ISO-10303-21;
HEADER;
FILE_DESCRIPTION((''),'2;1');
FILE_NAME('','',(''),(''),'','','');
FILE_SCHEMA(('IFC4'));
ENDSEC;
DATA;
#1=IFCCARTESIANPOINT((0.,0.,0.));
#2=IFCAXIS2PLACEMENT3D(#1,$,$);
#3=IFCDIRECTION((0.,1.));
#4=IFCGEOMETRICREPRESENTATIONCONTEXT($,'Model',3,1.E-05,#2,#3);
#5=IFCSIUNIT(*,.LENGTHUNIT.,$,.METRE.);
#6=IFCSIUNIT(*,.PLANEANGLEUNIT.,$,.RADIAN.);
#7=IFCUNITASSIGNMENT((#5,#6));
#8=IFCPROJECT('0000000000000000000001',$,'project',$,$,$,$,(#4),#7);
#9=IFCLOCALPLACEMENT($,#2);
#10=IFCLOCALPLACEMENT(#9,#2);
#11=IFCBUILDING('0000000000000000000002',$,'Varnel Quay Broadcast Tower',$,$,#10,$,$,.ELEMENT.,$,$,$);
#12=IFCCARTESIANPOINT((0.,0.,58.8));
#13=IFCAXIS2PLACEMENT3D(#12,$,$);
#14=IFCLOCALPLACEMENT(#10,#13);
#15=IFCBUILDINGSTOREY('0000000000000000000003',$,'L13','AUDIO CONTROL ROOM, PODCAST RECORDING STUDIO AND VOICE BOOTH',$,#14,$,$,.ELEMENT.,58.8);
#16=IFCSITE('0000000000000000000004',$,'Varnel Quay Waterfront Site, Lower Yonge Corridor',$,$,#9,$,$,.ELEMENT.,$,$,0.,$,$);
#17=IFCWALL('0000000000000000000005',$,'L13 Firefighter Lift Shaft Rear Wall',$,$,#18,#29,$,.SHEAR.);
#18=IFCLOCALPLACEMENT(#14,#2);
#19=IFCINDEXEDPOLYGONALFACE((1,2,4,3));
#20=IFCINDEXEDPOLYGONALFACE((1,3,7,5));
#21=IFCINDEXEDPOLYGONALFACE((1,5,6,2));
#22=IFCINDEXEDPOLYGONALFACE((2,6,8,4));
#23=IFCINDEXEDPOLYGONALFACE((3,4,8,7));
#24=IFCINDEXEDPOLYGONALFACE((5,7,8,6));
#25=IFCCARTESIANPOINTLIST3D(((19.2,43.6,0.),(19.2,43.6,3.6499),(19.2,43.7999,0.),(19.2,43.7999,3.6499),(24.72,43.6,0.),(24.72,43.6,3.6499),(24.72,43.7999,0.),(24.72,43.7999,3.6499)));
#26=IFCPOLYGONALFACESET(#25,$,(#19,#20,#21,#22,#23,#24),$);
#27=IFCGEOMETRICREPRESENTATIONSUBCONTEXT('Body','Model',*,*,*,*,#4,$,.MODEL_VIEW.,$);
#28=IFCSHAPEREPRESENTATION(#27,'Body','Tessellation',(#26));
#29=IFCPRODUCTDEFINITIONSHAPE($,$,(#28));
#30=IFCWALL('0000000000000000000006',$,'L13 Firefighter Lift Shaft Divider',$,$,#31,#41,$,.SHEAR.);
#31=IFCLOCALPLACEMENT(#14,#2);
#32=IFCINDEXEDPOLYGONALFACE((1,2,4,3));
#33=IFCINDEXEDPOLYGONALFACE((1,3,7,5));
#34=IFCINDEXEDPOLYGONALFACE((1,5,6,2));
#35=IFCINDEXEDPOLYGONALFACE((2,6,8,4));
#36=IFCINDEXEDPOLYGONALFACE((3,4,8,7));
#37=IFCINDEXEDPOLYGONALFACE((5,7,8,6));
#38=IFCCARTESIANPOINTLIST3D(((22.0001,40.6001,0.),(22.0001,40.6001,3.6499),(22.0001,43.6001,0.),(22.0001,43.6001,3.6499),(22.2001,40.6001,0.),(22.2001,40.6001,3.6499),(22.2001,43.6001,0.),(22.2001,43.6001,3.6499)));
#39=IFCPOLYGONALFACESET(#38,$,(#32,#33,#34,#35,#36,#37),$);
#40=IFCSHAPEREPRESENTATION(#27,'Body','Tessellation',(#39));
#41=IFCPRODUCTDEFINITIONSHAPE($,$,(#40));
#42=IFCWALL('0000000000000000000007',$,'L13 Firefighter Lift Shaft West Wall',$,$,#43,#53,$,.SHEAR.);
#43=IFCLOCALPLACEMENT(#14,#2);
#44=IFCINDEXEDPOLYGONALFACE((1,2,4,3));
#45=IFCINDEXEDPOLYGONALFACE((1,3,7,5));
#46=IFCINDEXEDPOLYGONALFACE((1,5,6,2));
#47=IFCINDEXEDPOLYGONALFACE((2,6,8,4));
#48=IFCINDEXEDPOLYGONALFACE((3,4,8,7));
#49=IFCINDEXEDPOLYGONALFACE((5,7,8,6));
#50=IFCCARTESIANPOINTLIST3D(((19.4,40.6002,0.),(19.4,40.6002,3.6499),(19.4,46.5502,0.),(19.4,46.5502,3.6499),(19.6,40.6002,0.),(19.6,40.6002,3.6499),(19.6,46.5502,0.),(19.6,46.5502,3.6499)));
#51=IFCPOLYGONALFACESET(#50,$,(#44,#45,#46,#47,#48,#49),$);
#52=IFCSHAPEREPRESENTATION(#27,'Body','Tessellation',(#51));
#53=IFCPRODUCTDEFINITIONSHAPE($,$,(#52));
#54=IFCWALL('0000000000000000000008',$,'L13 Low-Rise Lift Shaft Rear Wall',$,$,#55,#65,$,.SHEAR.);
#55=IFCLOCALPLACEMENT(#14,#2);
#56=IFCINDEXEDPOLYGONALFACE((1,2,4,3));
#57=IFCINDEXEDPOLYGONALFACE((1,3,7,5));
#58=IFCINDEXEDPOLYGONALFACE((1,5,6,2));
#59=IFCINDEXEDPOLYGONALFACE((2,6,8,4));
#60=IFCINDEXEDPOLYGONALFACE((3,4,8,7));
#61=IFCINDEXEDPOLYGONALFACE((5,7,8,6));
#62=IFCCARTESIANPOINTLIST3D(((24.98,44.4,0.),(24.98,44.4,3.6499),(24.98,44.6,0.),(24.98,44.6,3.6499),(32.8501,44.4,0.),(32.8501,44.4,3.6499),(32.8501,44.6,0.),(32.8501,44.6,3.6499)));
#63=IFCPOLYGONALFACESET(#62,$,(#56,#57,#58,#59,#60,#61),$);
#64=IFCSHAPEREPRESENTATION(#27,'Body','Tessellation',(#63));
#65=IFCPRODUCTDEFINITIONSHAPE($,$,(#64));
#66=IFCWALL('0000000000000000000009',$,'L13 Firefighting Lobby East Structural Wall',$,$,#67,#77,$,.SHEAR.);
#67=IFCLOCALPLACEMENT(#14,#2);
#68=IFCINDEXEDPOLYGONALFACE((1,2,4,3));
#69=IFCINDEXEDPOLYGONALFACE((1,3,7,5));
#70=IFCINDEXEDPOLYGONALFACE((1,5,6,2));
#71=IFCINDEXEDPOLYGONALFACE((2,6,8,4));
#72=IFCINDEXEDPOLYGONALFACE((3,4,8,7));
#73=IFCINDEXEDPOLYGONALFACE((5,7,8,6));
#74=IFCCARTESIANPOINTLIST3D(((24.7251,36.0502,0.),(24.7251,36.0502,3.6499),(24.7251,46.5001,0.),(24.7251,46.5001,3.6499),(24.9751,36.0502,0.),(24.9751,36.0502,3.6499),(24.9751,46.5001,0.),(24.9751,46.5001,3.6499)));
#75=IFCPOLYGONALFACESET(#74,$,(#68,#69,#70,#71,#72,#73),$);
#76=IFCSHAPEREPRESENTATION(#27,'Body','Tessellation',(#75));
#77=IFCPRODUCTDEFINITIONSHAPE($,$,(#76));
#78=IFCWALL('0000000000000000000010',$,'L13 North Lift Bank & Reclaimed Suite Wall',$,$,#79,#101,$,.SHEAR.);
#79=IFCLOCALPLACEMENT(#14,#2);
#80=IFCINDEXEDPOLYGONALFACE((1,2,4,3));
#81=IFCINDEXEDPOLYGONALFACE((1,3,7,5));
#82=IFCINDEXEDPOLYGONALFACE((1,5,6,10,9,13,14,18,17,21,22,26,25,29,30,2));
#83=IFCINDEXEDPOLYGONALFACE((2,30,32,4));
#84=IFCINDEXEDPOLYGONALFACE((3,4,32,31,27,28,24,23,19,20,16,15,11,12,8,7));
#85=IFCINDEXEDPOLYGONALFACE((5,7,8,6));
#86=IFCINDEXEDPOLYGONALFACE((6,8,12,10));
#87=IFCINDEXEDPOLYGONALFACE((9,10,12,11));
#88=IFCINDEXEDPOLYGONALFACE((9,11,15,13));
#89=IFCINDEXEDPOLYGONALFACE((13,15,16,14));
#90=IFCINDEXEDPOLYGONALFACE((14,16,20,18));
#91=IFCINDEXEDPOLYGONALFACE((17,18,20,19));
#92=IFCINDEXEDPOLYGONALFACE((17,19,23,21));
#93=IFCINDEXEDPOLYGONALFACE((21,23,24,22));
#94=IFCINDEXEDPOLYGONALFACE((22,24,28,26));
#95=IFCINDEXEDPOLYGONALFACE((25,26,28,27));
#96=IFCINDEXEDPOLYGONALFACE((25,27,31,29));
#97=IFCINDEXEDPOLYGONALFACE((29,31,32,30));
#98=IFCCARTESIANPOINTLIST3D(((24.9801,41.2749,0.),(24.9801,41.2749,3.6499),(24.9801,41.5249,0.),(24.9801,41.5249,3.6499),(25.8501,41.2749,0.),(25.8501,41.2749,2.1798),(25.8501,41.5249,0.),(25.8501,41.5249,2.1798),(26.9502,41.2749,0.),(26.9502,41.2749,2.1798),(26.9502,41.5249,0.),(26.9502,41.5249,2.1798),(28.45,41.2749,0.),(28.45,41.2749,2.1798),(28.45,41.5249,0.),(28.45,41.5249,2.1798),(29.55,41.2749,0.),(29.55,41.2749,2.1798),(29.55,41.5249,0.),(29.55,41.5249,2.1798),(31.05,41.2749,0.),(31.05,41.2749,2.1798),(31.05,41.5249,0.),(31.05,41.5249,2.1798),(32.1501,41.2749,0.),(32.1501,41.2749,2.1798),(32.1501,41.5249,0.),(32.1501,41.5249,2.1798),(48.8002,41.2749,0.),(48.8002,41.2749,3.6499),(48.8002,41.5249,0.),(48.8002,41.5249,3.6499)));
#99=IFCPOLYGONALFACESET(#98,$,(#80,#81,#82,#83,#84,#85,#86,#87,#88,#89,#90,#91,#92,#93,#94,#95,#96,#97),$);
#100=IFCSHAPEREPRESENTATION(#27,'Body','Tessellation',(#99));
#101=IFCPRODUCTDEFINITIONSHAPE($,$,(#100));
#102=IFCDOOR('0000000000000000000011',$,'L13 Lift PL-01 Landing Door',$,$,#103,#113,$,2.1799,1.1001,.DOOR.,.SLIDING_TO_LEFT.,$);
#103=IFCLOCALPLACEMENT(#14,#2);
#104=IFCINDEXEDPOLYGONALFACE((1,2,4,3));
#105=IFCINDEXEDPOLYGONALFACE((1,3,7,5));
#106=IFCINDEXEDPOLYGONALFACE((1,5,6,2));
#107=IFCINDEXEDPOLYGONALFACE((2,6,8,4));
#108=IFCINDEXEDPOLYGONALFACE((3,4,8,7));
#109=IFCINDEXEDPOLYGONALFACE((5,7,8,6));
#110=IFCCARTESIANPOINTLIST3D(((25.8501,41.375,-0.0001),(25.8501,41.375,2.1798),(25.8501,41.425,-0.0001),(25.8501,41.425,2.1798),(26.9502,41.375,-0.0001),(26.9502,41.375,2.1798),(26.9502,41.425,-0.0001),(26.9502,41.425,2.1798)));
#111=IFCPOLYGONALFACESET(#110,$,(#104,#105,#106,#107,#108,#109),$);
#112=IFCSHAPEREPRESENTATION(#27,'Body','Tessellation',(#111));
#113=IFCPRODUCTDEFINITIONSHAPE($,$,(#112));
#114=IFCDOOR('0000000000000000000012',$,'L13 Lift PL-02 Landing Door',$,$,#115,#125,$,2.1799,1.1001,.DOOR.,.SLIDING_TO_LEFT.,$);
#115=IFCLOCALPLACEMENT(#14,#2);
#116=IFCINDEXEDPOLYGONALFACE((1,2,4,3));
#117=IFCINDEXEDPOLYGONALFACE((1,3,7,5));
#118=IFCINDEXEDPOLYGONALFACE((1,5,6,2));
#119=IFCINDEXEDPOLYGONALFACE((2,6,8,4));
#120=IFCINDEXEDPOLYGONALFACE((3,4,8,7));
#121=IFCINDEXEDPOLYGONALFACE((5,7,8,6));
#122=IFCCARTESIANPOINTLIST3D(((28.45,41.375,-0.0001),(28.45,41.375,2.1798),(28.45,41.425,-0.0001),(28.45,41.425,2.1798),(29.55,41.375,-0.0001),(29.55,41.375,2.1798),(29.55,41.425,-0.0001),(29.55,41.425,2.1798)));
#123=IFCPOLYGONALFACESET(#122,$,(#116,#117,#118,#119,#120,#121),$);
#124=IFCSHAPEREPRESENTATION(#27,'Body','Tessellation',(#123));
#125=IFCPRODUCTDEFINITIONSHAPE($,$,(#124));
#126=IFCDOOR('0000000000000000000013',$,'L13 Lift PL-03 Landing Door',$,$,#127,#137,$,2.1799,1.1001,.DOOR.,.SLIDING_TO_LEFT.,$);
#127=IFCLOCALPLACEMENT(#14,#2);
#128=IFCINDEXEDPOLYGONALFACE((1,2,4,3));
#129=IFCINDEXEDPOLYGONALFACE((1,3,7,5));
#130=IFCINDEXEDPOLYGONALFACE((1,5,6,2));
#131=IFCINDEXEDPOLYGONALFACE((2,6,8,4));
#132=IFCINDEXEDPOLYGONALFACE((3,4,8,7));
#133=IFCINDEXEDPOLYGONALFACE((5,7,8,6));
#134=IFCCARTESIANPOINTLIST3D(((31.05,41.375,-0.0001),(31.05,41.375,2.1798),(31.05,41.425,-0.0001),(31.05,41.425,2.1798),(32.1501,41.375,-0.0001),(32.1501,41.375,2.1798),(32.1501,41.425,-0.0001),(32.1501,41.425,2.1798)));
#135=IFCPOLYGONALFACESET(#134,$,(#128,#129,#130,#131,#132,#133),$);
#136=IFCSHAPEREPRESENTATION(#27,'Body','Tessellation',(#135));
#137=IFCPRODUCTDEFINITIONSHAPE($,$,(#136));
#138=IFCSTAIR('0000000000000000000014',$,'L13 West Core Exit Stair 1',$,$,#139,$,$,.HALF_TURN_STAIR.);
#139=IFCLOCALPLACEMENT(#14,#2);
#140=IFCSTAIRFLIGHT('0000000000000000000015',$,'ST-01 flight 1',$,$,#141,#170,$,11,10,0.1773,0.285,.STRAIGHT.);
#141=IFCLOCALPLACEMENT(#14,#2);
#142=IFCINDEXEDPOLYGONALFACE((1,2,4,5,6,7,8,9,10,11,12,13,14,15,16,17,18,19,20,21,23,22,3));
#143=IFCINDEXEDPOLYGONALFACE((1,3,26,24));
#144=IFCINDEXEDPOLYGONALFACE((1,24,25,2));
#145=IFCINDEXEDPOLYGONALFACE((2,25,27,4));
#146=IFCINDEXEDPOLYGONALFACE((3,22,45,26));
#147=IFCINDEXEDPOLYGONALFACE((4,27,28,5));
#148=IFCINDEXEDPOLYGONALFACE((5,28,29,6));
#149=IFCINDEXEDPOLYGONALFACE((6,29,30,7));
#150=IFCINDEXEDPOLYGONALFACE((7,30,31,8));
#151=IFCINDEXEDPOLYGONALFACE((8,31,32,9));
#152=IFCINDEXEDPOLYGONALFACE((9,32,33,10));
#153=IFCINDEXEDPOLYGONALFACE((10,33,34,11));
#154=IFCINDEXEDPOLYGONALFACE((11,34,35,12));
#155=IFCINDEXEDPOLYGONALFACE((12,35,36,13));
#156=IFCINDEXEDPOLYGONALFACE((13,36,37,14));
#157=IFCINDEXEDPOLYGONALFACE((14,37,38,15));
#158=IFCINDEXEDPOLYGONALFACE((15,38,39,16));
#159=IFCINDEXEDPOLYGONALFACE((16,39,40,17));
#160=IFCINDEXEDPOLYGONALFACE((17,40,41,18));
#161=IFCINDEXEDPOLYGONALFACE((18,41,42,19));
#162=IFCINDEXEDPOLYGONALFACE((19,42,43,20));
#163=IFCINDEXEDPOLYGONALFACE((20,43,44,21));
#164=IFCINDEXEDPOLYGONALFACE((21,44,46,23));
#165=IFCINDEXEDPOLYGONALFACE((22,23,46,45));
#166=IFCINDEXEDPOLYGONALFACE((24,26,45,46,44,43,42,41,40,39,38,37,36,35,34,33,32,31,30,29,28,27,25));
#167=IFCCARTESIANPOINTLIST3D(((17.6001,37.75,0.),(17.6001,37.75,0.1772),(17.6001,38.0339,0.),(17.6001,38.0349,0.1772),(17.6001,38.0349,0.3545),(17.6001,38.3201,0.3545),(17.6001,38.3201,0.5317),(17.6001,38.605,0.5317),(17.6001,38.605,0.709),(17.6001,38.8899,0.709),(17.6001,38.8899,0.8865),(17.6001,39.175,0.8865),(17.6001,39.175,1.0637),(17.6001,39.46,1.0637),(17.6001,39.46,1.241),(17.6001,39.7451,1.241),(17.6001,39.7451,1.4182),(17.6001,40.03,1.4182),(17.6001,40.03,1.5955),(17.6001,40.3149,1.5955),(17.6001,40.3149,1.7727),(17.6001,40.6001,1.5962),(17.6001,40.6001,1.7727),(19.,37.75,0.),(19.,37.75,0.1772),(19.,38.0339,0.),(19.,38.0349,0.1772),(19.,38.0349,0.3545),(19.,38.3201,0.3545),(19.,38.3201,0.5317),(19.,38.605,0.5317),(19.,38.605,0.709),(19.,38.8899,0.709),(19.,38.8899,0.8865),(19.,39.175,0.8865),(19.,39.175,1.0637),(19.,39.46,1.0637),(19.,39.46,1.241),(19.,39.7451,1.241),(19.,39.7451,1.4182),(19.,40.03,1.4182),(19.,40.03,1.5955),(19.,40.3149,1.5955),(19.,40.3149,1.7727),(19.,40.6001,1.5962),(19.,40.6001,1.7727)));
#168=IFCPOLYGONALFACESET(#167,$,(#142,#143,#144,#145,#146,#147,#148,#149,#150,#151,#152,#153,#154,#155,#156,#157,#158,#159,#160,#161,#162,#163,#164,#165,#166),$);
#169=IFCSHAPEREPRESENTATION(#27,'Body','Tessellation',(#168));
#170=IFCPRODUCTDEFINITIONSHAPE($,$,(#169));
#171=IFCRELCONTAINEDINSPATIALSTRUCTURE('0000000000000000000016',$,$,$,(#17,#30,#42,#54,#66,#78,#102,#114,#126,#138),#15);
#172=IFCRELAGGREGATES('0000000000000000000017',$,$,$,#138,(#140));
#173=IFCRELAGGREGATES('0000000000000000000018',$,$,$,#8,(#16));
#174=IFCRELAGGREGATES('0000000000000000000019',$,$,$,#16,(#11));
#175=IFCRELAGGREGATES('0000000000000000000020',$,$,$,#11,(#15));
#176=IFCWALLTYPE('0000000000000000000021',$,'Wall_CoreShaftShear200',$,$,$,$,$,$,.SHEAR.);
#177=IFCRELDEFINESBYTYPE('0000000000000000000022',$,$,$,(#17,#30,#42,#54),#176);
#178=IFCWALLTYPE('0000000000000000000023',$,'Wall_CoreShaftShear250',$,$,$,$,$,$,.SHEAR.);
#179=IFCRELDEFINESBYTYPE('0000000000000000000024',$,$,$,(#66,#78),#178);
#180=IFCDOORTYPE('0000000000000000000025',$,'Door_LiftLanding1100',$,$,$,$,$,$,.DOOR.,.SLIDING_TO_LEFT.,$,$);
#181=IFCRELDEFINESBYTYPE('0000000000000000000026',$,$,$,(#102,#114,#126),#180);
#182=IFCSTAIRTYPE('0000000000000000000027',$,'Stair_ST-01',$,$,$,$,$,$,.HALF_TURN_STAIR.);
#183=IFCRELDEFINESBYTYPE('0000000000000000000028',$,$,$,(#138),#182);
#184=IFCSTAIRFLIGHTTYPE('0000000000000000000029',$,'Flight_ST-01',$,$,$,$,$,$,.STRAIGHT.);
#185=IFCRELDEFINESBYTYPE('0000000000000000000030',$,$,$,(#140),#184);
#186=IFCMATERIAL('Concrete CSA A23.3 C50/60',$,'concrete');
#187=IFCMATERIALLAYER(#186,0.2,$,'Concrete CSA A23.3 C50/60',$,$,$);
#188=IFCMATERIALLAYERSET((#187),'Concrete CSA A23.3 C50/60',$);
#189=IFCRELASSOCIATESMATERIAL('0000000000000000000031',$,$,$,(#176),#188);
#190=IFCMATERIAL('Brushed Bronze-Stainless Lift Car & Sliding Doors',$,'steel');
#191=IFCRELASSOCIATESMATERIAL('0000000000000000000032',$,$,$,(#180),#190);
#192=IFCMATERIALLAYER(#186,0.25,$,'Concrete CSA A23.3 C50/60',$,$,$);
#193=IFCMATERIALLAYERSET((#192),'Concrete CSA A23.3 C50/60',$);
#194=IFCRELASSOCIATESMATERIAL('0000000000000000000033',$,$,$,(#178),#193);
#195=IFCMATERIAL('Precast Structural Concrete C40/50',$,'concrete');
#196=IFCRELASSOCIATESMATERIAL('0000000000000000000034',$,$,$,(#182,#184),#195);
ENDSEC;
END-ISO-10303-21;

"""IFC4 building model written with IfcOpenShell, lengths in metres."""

from ifc_helpers import new_model, si_unit, direction, frame, frame_2d, origin, place, context, subcontext, project, spatial, polyline, rectangle, outline, extrude, source, transform, mapped, material, layer, layer_set, type_object, type_shapes, element, fill, aggregate, save


model = new_model("IFC4")

# Units and contexts
model_context = context("Model", 3, precision=1e-05, world=origin(), true_north=direction((0.0, 1.0)))
body_context = subcontext(model_context, "Body", "Model", "MODEL_VIEW")
ifc_project = project(units=[si_unit("LENGTHUNIT", "METRE"), si_unit("PLANEANGLEUNIT", "RADIAN")], contexts=[model_context])

# Site, building, storey
site_placement = place(None, origin())
site = spatial("IfcSite", under=ifc_project, at=site_placement, Name="Varnel Quay Waterfront Site, Lower Yonge Corridor", CompositionType="ELEMENT", RefElevation=0.0)
building_placement = place(site_placement, origin())
building = spatial("IfcBuilding", under=site, at=building_placement, Name="Varnel Quay Broadcast Tower", CompositionType="ELEMENT")
storey_placement = place(building_placement, frame((0.0, 0.0, 58.8)))
storey = spatial("IfcBuildingStorey", under=building, at=storey_placement, Name="L13", Description="AUDIO CONTROL ROOM, PODCAST RECORDING STUDIO AND VOICE BOOTH", CompositionType="ELEMENT", Elevation=58.8)

# Shared definitions
ifc_material_1 = material(Name="Concrete CSA A23.3 C50/60", Category="concrete")
ifc_layer_1 = layer(ifc_material_1, 0.2, Name="Concrete CSA A23.3 C50/60")
ifc_layer_set_1 = layer_set([ifc_layer_1], Name="Concrete CSA A23.3 C50/60")
wall_type_1 = type_object("IfcWallType", Name="Wall_CoreShaftShear200", PredefinedType="SHEAR", material=ifc_layer_set_1)

# Shared definitions
ifc_material_2 = material(Name="Brushed Bronze-Stainless Lift Car & Sliding Doors", Category="steel")
door_type_1 = type_object("IfcDoorType", Name="Door_LiftLanding1100", OperationType="SLIDING_TO_LEFT", PredefinedType="DOOR", material=ifc_material_2)
shared_shape_1 = source(origin(), body_context, "Body", "SweptSolid", [
    extrude(rectangle(XDim=1.1001, YDim=2.1799, at=frame_2d((0.55, 1.0898))), frame((0.0, 0.0249, 0.0), z_axis=(0.0, -1.0, 0.0), x_axis=(1.0, 0.0, 0.0)), (0.0, 0.0, 1.0), 0.05),
])
type_shapes(door_type_1, [shared_shape_1])

# Walls
wall_1_placement = place(storey_placement, frame((19.2, 43.7, 0.0), z_axis=(0.0, 0.0, 1.0), x_axis=(1.0, 0.0, 0.0)))
element("IfcWall", 1, at=wall_1_placement, inside=storey, type_object=wall_type_1, Name="L13 Firefighter Lift Shaft Rear Wall", PredefinedType="SHEAR", context=body_context, shape_type="SweptSolid", body=[
    extrude(rectangle(XDim=5.52, YDim=0.2, at=frame_2d((2.76, 0.0))), origin(), (0.0, 0.0, 1.0), 3.6499),
])
wall_2_placement = place(storey_placement, frame((22.1001, 40.6001, 0.0), z_axis=(0.0, 0.0, 1.0), x_axis=(0.0, 1.0, 0.0)))
element("IfcWall", 2, at=wall_2_placement, inside=storey, type_object=wall_type_1, Name="L13 Firefighter Lift Shaft Divider", PredefinedType="SHEAR", context=body_context, shape_type="SweptSolid", body=[
    extrude(rectangle(XDim=3.0, YDim=0.2, at=frame_2d((1.5, 0.0))), origin(), (0.0, 0.0, 1.0), 3.6499),
])
wall_3_placement = place(storey_placement, frame((19.5, 40.6001, 0.0), z_axis=(0.0, 0.0, 1.0), x_axis=(0.0, 1.0, 0.0)))
element("IfcWall", 3, at=wall_3_placement, inside=storey, type_object=wall_type_1, Name="L13 Firefighter Lift Shaft West Wall", PredefinedType="SHEAR", context=body_context, shape_type="SweptSolid", body=[
    extrude(rectangle(XDim=5.95, YDim=0.2, at=frame_2d((2.9751, 0.0))), origin(), (0.0, 0.0, 1.0), 3.6499),
])
wall_4_placement = place(storey_placement, frame((24.98, 44.5, 0.0), z_axis=(0.0, 0.0, 1.0), x_axis=(1.0, 0.0, 0.0)))
element("IfcWall", 4, at=wall_4_placement, inside=storey, type_object=wall_type_1, Name="L13 Low-Rise Lift Shaft Rear Wall", PredefinedType="SHEAR", context=body_context, shape_type="SweptSolid", body=[
    extrude(rectangle(XDim=7.8701, YDim=0.2, at=frame_2d((3.9351, 0.0))), origin(), (0.0, 0.0, 1.0), 3.6499),
])
ifc_layer_2 = layer(ifc_material_1, 0.25, Name="Concrete CSA A23.3 C50/60")
ifc_layer_set_2 = layer_set([ifc_layer_2], Name="Concrete CSA A23.3 C50/60")
wall_type_2 = type_object("IfcWallType", Name="Wall_CoreShaftShear250", PredefinedType="SHEAR", material=ifc_layer_set_2)
wall_5_placement = place(storey_placement, frame((24.8501, 36.05, 0.0), z_axis=(0.0, 0.0, 1.0), x_axis=(0.0, 1.0, 0.0)))
element("IfcWall", 5, at=wall_5_placement, inside=storey, type_object=wall_type_2, Name="L13 Firefighting Lobby East Structural Wall", PredefinedType="SHEAR", context=body_context, shape_type="SweptSolid", body=[
    extrude(rectangle(XDim=10.45, YDim=0.25, at=frame_2d((5.2251, 0.0))), origin(), (0.0, 0.0, 1.0), 3.6499),
])

# Wall, openings, doors
wall_6_placement = place(storey_placement, frame((24.98, 41.3999, 0.0), z_axis=(0.0, 0.0, 1.0), x_axis=(1.0, 0.0, 0.0)))
wall_6 = element("IfcWall", 6, at=wall_6_placement, inside=storey, type_object=wall_type_2, Name="L13 North Lift Bank & Reclaimed Suite Wall", PredefinedType="SHEAR", context=body_context, shape_type="SweptSolid", body=[
    extrude(rectangle(XDim=23.8201, YDim=0.25, at=frame_2d((11.9102, 0.0))), origin(), (0.0, 0.0, 1.0), 3.6499),
])
opening_1_placement = place(wall_6_placement, frame((0.8701, 0.0, 0.0)))
opening_1 = element("IfcOpeningElement", 7, at=opening_1_placement, cuts=wall_6, PredefinedType="OPENING", context=body_context, shape_type="SweptSolid", body=[
    extrude(rectangle(XDim=1.1001, YDim=2.1799, at=frame_2d((0.55, 1.0898))), frame((0.0, 0.135, 0.0), z_axis=(0.0, -1.0, 0.0), x_axis=(1.0, 0.0, 0.0)), (0.0, 0.0, 1.0), 0.27),
])
opening_2_placement = place(wall_6_placement, frame((3.47, 0.0, 0.0)))
opening_2 = element("IfcOpeningElement", 8, at=opening_2_placement, cuts=wall_6, PredefinedType="OPENING", context=body_context, shape_type="SweptSolid", body=[
    extrude(rectangle(XDim=1.1001, YDim=2.1799, at=frame_2d((0.55, 1.0898))), frame((0.0, 0.135, 0.0), z_axis=(0.0, -1.0, 0.0), x_axis=(1.0, 0.0, 0.0)), (0.0, 0.0, 1.0), 0.27),
])
opening_3_placement = place(wall_6_placement, frame((6.0701, 0.0, 0.0)))
opening_3 = element("IfcOpeningElement", 9, at=opening_3_placement, cuts=wall_6, PredefinedType="OPENING", context=body_context, shape_type="SweptSolid", body=[
    extrude(rectangle(XDim=1.1001, YDim=2.1799, at=frame_2d((0.55, 1.0898))), frame((0.0, 0.135, 0.0), z_axis=(0.0, -1.0, 0.0), x_axis=(1.0, 0.0, 0.0)), (0.0, 0.0, 1.0), 0.27),
])
door_1_placement = place(opening_1_placement, frame((1.1001, 0.0, 0.0), z_axis=(0.0, 0.0, 1.0), x_axis=(-1.0, 0.0, 0.0)))
door_1 = element("IfcDoor", 10, at=door_1_placement, inside=storey, type_object=door_type_1, Name="L13 Lift PL-01 Landing Door", OperationType="SLIDING_TO_LEFT", OverallHeight=2.1799, OverallWidth=1.1001, PredefinedType="DOOR", context=body_context, shape_type="MappedRepresentation", body=[
    mapped(shared_shape_1, transform((0.0, 0.0, 0.0), x_axis=(1.0, 0.0, 0.0), y_axis=(0.0, 1.0, 0.0), z_axis=(0.0, 0.0, 1.0), scale=1.0)),
])
fill(opening_1, door_1)
door_2_placement = place(opening_2_placement, frame((1.1001, 0.0, 0.0), z_axis=(0.0, 0.0, 1.0), x_axis=(-1.0, 0.0, 0.0)))
door_2 = element("IfcDoor", 11, at=door_2_placement, inside=storey, type_object=door_type_1, Name="L13 Lift PL-02 Landing Door", OperationType="SLIDING_TO_LEFT", OverallHeight=2.1799, OverallWidth=1.1001, PredefinedType="DOOR", context=body_context, shape_type="MappedRepresentation", body=[
    mapped(shared_shape_1, transform((0.0, 0.0, 0.0), x_axis=(1.0, 0.0, 0.0), y_axis=(0.0, 1.0, 0.0), z_axis=(0.0, 0.0, 1.0), scale=1.0)),
])
fill(opening_2, door_2)
door_3_placement = place(opening_3_placement, frame((1.1001, 0.0, 0.0), z_axis=(0.0, 0.0, 1.0), x_axis=(-1.0, 0.0, 0.0)))
door_3 = element("IfcDoor", 12, at=door_3_placement, inside=storey, type_object=door_type_1, Name="L13 Lift PL-03 Landing Door", OperationType="SLIDING_TO_LEFT", OverallHeight=2.1799, OverallWidth=1.1001, PredefinedType="DOOR", context=body_context, shape_type="MappedRepresentation", body=[
    mapped(shared_shape_1, transform((0.0, 0.0, 0.0), x_axis=(1.0, 0.0, 0.0), y_axis=(0.0, 1.0, 0.0), z_axis=(0.0, 0.0, 1.0), scale=1.0)),
])
fill(opening_3, door_3)

# Stair, stair flight
ifc_material_3 = material(Name="Precast Structural Concrete C40/50", Category="concrete")
stair_type = type_object("IfcStairType", Name="Stair_ST-01", PredefinedType="HALF_TURN_STAIR", material=ifc_material_3)
stair_placement = place(storey_placement, origin())
stair = element("IfcStair", 13, at=stair_placement, inside=storey, type_object=stair_type, Name="L13 West Core Exit Stair 1", PredefinedType="HALF_TURN_STAIR")
stair_flight_type = type_object("IfcStairFlightType", Name="Flight_ST-01", PredefinedType="STRAIGHT", material=ifc_material_3)
stair_flight_placement = place(storey_placement, frame((18.3, 37.75, 0.0), z_axis=(0.0, 0.0, 1.0), x_axis=(0.0, 1.0, 0.0)))
stair_flight = element("IfcStairFlight", 14, at=stair_flight_placement, type_object=stair_flight_type, Name="ST-01 flight 1", NumberOfRisers=11, NumberOfTreads=10, PredefinedType="STRAIGHT", RiserHeight=0.1773, TreadLength=0.285, context=body_context, shape_type="SweptSolid", body=[
    extrude(outline(polyline([(0.0, 0.0), (0.0, 0.1772), (0.2849, 0.1772), (0.2849, 0.3545), (0.5701, 0.3545), (0.5701, 0.5317), (0.855, 0.5317), (0.855, 0.709), (1.1399, 0.709), (1.1399, 0.8865), (1.425, 0.8865), (1.425, 1.0637), (1.71, 1.0637), (1.71, 1.241), (1.9951, 1.241), (1.9951, 1.4182), (2.28, 1.4182), (2.28, 1.5955), (2.5649, 1.5955), (2.5649, 1.7727), (2.8501, 1.7727), (2.8501, 1.95), (2.8501, 1.5962), (0.2839, 0.0), (0.0, 0.0)])), frame((0.0, 0.7, 0.0), z_axis=(0.0, -1.0, 0.0), x_axis=(1.0, 0.0, 0.0)), (0.0, 0.0, 1.0), 1.3999),
])
aggregate(stair, [stair_flight])

save(model, "model.ifc")
